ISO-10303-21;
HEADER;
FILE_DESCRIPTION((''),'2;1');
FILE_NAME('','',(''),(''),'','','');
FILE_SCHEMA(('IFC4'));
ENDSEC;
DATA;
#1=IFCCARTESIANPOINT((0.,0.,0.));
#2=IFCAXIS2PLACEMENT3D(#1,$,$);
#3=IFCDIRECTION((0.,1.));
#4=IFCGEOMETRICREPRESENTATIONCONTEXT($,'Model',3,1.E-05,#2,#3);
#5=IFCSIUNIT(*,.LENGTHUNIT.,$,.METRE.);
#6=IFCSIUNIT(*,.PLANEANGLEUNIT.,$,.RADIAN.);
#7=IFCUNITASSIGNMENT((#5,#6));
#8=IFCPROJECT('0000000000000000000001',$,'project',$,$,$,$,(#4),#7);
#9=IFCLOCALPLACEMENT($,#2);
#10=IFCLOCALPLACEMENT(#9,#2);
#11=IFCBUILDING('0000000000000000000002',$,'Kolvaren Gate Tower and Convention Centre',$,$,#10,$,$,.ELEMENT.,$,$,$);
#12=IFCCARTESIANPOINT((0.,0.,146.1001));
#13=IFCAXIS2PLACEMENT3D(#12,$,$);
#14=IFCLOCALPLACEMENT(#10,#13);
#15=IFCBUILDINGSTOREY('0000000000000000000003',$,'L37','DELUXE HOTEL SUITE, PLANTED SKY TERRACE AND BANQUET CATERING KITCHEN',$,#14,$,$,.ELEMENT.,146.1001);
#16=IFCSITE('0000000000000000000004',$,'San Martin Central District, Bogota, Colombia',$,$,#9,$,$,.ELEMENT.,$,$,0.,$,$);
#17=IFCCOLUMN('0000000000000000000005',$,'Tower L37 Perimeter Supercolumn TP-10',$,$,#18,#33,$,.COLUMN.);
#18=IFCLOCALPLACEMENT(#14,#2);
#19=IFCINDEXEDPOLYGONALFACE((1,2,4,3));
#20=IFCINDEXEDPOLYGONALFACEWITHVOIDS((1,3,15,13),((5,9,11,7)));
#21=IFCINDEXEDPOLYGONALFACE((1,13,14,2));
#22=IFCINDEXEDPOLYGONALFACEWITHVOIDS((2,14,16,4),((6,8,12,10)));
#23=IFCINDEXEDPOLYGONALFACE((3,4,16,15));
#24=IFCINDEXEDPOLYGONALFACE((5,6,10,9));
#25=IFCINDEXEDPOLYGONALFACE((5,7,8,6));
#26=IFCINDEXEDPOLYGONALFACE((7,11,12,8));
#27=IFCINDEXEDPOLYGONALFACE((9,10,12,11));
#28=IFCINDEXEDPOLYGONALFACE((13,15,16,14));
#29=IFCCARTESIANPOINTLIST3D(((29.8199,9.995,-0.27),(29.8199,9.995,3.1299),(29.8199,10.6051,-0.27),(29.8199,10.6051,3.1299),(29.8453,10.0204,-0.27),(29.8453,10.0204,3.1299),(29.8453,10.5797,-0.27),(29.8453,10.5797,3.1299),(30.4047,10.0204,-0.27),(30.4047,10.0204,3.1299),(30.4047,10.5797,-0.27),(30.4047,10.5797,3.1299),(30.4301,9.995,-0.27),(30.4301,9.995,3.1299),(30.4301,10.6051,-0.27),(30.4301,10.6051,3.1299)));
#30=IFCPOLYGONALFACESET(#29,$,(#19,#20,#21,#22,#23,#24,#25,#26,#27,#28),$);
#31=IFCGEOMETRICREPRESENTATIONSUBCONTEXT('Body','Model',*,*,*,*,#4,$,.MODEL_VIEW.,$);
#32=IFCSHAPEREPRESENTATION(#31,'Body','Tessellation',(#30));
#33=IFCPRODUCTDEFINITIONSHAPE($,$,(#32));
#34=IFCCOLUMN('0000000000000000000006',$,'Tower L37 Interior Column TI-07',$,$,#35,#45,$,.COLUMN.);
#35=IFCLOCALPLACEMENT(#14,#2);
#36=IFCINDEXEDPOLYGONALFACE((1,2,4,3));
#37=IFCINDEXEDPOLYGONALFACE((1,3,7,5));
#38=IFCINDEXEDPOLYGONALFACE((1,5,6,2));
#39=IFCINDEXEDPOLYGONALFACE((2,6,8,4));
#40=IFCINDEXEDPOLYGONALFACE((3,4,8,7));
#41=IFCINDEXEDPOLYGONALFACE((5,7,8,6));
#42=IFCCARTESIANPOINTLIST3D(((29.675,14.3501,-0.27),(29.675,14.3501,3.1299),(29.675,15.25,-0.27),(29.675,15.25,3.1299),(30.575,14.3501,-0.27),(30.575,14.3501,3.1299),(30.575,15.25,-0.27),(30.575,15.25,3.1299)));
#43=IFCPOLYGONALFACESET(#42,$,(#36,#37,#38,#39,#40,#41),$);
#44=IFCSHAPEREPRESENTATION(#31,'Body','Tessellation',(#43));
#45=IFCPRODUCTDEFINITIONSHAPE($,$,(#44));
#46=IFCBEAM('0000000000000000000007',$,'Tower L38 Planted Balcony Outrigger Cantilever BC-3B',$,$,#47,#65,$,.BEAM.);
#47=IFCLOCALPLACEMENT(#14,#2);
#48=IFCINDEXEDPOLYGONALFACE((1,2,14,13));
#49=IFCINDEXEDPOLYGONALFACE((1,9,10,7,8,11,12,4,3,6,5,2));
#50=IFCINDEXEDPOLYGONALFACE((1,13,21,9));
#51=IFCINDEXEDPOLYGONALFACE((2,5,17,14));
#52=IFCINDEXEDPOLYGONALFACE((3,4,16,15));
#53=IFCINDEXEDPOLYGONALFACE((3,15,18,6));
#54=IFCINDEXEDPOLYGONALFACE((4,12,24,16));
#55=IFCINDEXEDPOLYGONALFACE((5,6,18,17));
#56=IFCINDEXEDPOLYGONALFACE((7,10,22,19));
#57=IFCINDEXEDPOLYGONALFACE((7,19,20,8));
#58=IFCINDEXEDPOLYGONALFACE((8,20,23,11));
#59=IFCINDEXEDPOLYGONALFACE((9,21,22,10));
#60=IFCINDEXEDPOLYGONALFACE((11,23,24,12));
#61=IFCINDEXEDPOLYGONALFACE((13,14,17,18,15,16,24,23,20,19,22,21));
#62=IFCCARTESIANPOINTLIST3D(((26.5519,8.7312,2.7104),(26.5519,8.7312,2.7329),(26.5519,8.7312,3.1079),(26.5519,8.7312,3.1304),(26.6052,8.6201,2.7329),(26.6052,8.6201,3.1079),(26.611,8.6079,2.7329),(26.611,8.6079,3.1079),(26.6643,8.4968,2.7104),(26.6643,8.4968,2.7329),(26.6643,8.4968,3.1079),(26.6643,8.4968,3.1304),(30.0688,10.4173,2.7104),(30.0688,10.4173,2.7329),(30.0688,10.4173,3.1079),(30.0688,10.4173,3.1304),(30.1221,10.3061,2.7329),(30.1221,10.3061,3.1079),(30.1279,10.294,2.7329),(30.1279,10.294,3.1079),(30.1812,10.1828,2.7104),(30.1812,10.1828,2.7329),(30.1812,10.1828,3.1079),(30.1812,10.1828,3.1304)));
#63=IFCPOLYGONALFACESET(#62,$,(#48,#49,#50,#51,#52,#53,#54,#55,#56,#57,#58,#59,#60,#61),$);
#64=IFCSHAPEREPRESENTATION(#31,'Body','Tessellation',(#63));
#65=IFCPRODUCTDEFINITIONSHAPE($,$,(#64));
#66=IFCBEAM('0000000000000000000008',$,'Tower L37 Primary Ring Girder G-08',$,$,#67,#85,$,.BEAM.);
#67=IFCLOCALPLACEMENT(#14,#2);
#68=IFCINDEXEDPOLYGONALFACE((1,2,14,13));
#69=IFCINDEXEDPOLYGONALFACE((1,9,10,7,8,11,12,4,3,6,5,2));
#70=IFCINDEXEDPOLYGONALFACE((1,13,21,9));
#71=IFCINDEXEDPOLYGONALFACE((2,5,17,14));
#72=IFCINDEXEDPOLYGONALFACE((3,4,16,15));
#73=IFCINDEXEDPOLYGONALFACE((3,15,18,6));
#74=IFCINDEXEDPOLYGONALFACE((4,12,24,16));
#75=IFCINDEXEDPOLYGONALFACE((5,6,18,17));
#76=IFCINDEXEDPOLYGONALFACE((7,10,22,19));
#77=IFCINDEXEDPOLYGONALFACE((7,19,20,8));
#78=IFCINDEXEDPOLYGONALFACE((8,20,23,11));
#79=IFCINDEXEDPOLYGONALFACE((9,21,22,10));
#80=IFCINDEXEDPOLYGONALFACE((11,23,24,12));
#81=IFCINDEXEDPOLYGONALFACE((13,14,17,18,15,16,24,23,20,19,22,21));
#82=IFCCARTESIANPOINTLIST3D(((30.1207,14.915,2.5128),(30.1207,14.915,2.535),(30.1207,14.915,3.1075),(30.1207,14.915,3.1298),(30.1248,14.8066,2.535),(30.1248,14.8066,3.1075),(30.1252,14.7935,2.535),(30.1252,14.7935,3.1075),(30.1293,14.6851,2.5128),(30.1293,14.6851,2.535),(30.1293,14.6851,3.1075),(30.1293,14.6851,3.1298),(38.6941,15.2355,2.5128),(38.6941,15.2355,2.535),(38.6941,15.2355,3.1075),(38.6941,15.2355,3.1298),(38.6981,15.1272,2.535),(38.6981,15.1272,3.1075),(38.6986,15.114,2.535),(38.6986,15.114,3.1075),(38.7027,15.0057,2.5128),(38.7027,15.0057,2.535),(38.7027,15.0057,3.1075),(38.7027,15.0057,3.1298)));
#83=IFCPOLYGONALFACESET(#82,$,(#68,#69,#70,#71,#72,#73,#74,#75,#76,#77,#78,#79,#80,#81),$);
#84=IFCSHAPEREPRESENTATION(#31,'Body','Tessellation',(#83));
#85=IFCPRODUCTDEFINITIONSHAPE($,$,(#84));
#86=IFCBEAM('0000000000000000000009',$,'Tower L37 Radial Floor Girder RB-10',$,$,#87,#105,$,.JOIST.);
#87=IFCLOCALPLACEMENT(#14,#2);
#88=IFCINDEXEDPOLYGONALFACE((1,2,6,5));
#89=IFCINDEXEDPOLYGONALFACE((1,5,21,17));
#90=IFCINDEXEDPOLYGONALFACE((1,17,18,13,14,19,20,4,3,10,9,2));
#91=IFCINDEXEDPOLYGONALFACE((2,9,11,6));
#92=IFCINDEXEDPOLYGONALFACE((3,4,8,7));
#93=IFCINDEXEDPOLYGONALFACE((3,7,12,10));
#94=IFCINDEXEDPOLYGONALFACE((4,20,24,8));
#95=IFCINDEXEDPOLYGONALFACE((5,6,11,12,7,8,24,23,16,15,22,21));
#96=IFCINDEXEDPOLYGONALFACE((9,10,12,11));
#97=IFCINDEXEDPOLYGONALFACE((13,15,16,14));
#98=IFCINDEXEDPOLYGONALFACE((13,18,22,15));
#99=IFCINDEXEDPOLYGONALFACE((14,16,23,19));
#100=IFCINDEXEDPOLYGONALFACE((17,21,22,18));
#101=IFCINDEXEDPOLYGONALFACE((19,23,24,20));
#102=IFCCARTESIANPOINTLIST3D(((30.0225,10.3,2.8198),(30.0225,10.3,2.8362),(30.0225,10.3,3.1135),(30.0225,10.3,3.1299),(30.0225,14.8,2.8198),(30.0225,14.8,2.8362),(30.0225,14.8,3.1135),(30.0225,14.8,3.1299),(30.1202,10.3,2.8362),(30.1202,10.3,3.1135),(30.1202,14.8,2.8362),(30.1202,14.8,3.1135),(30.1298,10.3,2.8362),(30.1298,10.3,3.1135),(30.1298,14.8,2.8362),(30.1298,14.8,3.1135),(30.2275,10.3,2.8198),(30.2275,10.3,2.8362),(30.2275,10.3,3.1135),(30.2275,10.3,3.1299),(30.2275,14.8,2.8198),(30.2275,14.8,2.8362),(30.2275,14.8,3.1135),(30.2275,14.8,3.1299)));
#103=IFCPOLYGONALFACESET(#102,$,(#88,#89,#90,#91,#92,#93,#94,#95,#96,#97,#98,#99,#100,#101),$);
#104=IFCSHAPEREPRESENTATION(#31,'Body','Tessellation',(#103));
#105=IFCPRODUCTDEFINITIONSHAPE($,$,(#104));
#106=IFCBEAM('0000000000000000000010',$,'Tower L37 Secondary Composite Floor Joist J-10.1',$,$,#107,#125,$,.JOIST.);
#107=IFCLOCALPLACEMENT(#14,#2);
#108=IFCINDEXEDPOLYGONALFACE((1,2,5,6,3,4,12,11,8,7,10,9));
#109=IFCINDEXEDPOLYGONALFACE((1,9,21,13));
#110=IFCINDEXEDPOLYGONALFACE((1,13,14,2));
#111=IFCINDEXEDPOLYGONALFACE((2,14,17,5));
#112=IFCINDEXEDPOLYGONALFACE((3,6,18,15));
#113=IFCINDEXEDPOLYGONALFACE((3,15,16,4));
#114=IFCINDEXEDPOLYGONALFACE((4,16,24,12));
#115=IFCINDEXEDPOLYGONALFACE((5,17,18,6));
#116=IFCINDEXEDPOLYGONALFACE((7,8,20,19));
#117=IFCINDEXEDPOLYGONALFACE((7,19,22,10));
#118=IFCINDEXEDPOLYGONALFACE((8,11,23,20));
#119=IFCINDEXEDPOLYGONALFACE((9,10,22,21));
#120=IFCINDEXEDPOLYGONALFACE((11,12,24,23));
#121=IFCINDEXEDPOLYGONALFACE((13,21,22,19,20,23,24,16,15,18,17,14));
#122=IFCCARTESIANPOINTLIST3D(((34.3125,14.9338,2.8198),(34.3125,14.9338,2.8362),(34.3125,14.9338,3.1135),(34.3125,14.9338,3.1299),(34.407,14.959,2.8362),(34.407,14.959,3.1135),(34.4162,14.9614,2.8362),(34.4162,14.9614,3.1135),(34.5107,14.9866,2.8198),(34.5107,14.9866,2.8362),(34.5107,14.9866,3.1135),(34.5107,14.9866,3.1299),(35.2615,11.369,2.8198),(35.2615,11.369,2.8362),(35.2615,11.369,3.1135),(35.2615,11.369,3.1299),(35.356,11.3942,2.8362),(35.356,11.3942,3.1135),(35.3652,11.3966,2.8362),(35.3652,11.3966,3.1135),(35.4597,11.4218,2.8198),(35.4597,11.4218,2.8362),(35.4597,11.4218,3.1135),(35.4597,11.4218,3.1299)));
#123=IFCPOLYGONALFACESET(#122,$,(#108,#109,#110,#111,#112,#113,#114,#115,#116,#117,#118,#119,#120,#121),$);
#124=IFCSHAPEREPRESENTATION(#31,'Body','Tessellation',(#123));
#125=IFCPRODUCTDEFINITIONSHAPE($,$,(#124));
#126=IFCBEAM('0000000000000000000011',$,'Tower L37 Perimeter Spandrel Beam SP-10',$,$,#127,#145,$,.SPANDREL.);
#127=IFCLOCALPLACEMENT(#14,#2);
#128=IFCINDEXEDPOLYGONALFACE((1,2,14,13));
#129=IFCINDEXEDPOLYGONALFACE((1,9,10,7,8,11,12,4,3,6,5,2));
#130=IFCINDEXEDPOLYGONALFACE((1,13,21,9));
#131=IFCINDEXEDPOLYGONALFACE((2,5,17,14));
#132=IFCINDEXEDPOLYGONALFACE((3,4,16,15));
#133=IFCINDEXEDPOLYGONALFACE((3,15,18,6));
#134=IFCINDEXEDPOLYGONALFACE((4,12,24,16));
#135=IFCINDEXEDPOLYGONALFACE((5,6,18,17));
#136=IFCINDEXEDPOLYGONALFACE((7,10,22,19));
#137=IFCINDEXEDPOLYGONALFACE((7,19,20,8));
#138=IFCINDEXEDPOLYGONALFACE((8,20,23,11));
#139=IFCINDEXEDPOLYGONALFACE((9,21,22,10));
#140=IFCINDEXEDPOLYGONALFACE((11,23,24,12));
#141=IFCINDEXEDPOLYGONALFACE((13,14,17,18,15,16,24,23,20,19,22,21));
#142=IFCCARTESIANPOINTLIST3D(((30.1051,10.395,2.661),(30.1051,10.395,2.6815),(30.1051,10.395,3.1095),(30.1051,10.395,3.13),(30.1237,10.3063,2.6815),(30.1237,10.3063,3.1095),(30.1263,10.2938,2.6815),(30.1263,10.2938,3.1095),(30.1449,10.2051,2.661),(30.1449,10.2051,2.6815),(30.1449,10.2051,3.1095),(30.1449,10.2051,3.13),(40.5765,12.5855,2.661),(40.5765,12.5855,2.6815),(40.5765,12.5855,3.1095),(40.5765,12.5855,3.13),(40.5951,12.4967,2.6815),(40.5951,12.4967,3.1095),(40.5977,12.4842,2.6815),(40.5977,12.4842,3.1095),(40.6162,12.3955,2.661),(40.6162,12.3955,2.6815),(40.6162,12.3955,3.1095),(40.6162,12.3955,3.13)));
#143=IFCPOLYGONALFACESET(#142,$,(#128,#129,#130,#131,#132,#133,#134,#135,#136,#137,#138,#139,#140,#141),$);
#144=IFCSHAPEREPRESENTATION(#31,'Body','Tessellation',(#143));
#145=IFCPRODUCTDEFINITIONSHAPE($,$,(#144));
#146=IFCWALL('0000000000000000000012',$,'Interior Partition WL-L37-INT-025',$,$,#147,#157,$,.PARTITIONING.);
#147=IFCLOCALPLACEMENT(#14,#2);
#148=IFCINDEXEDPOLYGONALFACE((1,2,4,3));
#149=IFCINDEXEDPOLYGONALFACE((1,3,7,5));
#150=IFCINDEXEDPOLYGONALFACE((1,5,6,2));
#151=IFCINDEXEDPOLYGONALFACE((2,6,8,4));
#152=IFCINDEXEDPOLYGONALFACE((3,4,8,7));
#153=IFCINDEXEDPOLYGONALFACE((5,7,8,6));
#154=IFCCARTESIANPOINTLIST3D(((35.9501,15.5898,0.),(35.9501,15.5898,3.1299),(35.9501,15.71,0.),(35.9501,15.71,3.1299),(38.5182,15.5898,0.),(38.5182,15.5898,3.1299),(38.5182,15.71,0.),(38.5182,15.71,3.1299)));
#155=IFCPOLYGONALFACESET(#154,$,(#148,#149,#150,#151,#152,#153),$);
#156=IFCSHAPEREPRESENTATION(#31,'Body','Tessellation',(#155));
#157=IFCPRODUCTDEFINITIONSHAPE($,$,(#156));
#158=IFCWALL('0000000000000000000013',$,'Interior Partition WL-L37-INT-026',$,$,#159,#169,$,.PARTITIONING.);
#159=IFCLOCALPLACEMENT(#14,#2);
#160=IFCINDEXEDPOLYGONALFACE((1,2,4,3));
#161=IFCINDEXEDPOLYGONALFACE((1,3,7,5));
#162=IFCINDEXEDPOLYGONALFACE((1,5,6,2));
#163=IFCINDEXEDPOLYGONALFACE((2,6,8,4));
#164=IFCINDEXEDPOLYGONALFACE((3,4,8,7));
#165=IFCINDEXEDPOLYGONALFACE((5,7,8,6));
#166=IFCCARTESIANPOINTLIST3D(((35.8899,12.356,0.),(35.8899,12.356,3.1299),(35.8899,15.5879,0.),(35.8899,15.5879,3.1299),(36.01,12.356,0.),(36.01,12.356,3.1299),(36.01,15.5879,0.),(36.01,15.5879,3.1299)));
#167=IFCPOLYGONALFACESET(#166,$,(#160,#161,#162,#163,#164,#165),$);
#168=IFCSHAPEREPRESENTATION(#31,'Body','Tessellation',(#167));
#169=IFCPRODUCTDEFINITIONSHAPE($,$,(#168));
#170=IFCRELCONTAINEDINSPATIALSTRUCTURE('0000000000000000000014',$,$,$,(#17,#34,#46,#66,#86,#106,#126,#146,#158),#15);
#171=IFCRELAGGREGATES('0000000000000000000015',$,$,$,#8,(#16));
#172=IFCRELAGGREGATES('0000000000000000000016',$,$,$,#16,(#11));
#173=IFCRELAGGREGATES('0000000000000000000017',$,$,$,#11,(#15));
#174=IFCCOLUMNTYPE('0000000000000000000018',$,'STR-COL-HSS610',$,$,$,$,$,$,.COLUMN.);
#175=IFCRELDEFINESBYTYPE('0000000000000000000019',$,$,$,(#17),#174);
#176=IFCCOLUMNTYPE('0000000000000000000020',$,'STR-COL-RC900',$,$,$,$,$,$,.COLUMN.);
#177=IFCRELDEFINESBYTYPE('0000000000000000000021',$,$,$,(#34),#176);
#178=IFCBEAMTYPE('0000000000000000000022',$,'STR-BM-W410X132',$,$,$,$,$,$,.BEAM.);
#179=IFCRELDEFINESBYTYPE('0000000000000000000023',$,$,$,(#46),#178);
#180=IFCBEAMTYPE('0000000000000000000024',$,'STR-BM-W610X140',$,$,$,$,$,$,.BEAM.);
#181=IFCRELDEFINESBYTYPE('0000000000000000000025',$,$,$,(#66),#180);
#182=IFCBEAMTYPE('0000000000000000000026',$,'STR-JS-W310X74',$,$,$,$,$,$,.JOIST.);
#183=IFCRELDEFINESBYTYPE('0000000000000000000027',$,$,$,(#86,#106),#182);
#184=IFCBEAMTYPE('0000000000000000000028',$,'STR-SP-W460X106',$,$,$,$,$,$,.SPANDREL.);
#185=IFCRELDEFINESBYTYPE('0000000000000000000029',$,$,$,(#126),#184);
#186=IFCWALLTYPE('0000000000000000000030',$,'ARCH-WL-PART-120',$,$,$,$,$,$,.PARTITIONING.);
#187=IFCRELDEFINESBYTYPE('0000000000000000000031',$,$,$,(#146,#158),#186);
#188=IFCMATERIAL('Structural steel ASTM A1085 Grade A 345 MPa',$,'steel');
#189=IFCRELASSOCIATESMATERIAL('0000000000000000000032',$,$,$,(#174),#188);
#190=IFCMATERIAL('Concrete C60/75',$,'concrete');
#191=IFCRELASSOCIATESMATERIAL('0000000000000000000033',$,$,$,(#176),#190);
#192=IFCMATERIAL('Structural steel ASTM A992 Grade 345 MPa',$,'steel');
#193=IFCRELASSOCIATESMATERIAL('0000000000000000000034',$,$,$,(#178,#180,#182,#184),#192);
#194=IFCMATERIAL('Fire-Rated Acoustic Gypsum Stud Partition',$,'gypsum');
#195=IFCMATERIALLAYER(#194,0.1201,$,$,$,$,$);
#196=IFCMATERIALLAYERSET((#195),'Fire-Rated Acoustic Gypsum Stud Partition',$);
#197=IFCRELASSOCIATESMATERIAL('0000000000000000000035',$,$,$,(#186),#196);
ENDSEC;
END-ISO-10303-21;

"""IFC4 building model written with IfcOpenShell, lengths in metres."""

from ifc_helpers import new_model, si_unit, direction, frame, frame_2d, origin, origin_2d, place, context, subcontext, project, spatial, rectangle, hollow_rectangle, i_section, extrude, material, layer, layer_set, material_profile, profile_set, type_object, element, save


model = new_model("IFC4")

# Units and contexts
model_context = context("Model", 3, precision=1e-05, world=origin(), true_north=direction((0.0, 1.0)))
body_context = subcontext(model_context, "Body", "Model", "MODEL_VIEW")
ifc_project = project(units=[si_unit("LENGTHUNIT", "METRE"), si_unit("PLANEANGLEUNIT", "RADIAN")], contexts=[model_context])

# Site, building, storey
site_placement = place(None, origin())
site = spatial("IfcSite", under=ifc_project, at=site_placement, Name="San Martin Central District, Bogota, Colombia", CompositionType="ELEMENT", RefElevation=0.0)
building_placement = place(site_placement, origin())
building = spatial("IfcBuilding", under=site, at=building_placement, Name="Kolvaren Gate Tower and Convention Centre", CompositionType="ELEMENT")
storey_placement = place(building_placement, frame((0.0, 0.0, 146.1001)))
storey = spatial("IfcBuildingStorey", under=building, at=storey_placement, Name="L37", Description="DELUXE HOTEL SUITE, PLANTED SKY TERRACE AND BANQUET CATERING KITCHEN", CompositionType="ELEMENT", Elevation=146.1001)

# Columns
ifc_material_1 = material(Name="Structural steel ASTM A1085 Grade A 345 MPa", Category="steel")
ifc_material_profile_1 = material_profile(ifc_material_1, hollow_rectangle(XDim=0.6101, YDim=0.6101, WallThickness=0.0254, at=origin_2d()), Name="HSS610X610X25.4")
ifc_profile_set_1 = profile_set([ifc_material_profile_1], Name="Structural steel ASTM A1085 Grade A 345 MPa")
column_type_1 = type_object("IfcColumnType", Name="STR-COL-HSS610", PredefinedType="COLUMN", material=ifc_profile_set_1)
column_1_placement = place(storey_placement, frame((30.125, 10.3, -0.27), z_axis=(0.0, 0.0, 1.0), x_axis=(1.0, 0.0, 0.0)))
element("IfcColumn", 1, at=column_1_placement, inside=storey, type_object=column_type_1, Name="Tower L37 Perimeter Supercolumn TP-10", PredefinedType="COLUMN", context=body_context, shape_type="SweptSolid", body=[
    extrude(hollow_rectangle(XDim=0.6101, YDim=0.6101, WallThickness=0.0254, at=origin_2d()), origin(), (0.0, 0.0, 1.0), 3.3999),
])
ifc_material_2 = material(Name="Concrete C60/75", Category="concrete")
ifc_material_profile_2 = material_profile(ifc_material_2, rectangle(XDim=0.8999, YDim=0.8999, at=origin_2d()), Name="RC-COL-900X900")
ifc_profile_set_2 = profile_set([ifc_material_profile_2], Name="Concrete C60/75")
column_type_2 = type_object("IfcColumnType", Name="STR-COL-RC900", PredefinedType="COLUMN", material=ifc_profile_set_2)
column_2_placement = place(storey_placement, frame((30.125, 14.8, -0.27), z_axis=(0.0, 0.0, 1.0), x_axis=(1.0, 0.0, 0.0)))
element("IfcColumn", 2, at=column_2_placement, inside=storey, type_object=column_type_2, Name="Tower L37 Interior Column TI-07", PredefinedType="COLUMN", context=body_context, shape_type="SweptSolid", body=[
    extrude(rectangle(XDim=0.8999, YDim=0.8999, at=origin_2d()), origin(), (0.0, 0.0, 1.0), 3.3999),
])

# Beams
ifc_material_3 = material(Name="Structural steel ASTM A992 Grade 345 MPa", Category="steel")
ifc_material_profile_3 = material_profile(ifc_material_3, i_section(OverallWidth=0.26, OverallDepth=0.4199, WebThickness=0.0134, FlangeThickness=0.0225, at=origin_2d()), Name="W410X132")
ifc_profile_set_3 = profile_set([ifc_material_profile_3], Name="Structural steel ASTM A992 Grade 345 MPa")
beam_type_1 = type_object("IfcBeamType", Name="STR-BM-W410X132", PredefinedType="BEAM", material=ifc_profile_set_3)
beam_1_placement = place(storey_placement, frame((30.125, 10.3, 2.9204), z_axis=(-0.901728, -0.432304, 0.0), x_axis=(0.432304, -0.901728, 0.0)))
element("IfcBeam", 3, at=beam_1_placement, inside=storey, type_object=beam_type_1, Name="Tower L38 Planted Balcony Outrigger Cantilever BC-3B", PredefinedType="BEAM", context=body_context, shape_type="SweptSolid", body=[
    extrude(i_section(OverallWidth=0.26, OverallDepth=0.4199, WebThickness=0.0134, FlangeThickness=0.0225, at=origin_2d()), origin(), (0.0, 0.0, 1.0), 3.9001),
])
ifc_material_profile_4 = material_profile(ifc_material_3, i_section(OverallWidth=0.23, OverallDepth=0.6169, WebThickness=0.0132, FlangeThickness=0.0222, at=origin_2d()), Name="W610X140")
ifc_profile_set_4 = profile_set([ifc_material_profile_4], Name="Structural steel ASTM A992 Grade 345 MPa")
beam_type_2 = type_object("IfcBeamType", Name="STR-BM-W610X140", PredefinedType="BEAM", material=ifc_profile_set_4)
beam_2_placement = place(storey_placement, frame((30.125, 14.8, 2.8213), z_axis=(0.999302, 0.037364, 0.0), x_axis=(-0.037364, 0.999302, 0.0)))
element("IfcBeam", 4, at=beam_2_placement, inside=storey, type_object=beam_type_2, Name="Tower L37 Primary Ring Girder G-08", PredefinedType="BEAM", context=body_context, shape_type="SweptSolid", body=[
    extrude(i_section(OverallWidth=0.23, OverallDepth=0.6169, WebThickness=0.0132, FlangeThickness=0.0222, at=origin_2d()), origin(), (0.0, 0.0, 1.0), 8.5793),
])
ifc_material_profile_5 = material_profile(ifc_material_3, i_section(OverallWidth=0.2051, OverallDepth=0.3101, WebThickness=0.0095, FlangeThickness=0.0164, at=origin_2d()), Name="W310X74")
ifc_profile_set_5 = profile_set([ifc_material_profile_5], Name="Structural steel ASTM A992 Grade 345 MPa")
beam_type_3 = type_object("IfcBeamType", Name="STR-JS-W310X74", PredefinedType="JOIST", material=ifc_profile_set_5)
beam_3_placement = place(storey_placement, frame((30.125, 14.8, 2.9749), z_axis=(0.0, -1.0, 0.0), x_axis=(1.0, 0.0, 0.0)))
element("IfcBeam", 5, at=beam_3_placement, inside=storey, type_object=beam_type_3, Name="Tower L37 Radial Floor Girder RB-10", PredefinedType="JOIST", context=body_context, shape_type="SweptSolid", body=[
    extrude(i_section(OverallWidth=0.2051, OverallDepth=0.3101, WebThickness=0.0095, FlangeThickness=0.0164, at=origin_2d()), origin(), (0.0, 0.0, 1.0), 4.5),
])
beam_4_placement = place(storey_placement, frame((34.4116, 14.9602, 2.9749), z_axis=(0.257238, -0.966348, 0.0), x_axis=(0.966348, 0.257238, 0.0)))
element("IfcBeam", 6, at=beam_4_placement, inside=storey, type_object=beam_type_3, Name="Tower L37 Secondary Composite Floor Joist J-10.1", PredefinedType="JOIST", context=body_context, shape_type="SweptSolid", body=[
    extrude(i_section(OverallWidth=0.2051, OverallDepth=0.3101, WebThickness=0.0095, FlangeThickness=0.0164, at=origin_2d()), origin(), (0.0, 0.0, 1.0), 3.689),
])
ifc_material_profile_6 = material_profile(ifc_material_3, i_section(OverallWidth=0.1941, OverallDepth=0.469, WebThickness=0.0127, FlangeThickness=0.0205, at=origin_2d()), Name="W460X106")
ifc_profile_set_6 = profile_set([ifc_material_profile_6], Name="Structural steel ASTM A992 Grade 345 MPa")
beam_type_4 = type_object("IfcBeamType", Name="STR-SP-W460X106", PredefinedType="SPANDREL", material=ifc_profile_set_6)
beam_5_placement = place(storey_placement, frame((30.125, 10.3, 2.8955), z_axis=(0.978814, 0.20475, 0.0), x_axis=(-0.20475, 0.978814, 0.0)))
element("IfcBeam", 7, at=beam_5_placement, inside=storey, type_object=beam_type_4, Name="Tower L37 Perimeter Spandrel Beam SP-10", PredefinedType="SPANDREL", context=body_context, shape_type="SweptSolid", body=[
    extrude(i_section(OverallWidth=0.1941, OverallDepth=0.469, WebThickness=0.0127, FlangeThickness=0.0205, at=origin_2d()), origin(), (0.0, 0.0, 1.0), 10.698),
])

# Walls
ifc_material_4 = material(Name="Fire-Rated Acoustic Gypsum Stud Partition", Category="gypsum")
ifc_layer_1 = layer(ifc_material_4, 0.1201)
ifc_layer_set_1 = layer_set([ifc_layer_1], Name="Fire-Rated Acoustic Gypsum Stud Partition")
wall_type_1 = type_object("IfcWallType", Name="ARCH-WL-PART-120", PredefinedType="PARTITIONING", material=ifc_layer_set_1)
wall_1_placement = place(storey_placement, frame((35.95, 15.6499, 0.0), z_axis=(0.0, 0.0, 1.0), x_axis=(1.0, 0.0, 0.0)))
element("IfcWall", 8, at=wall_1_placement, inside=storey, type_object=wall_type_1, Name="Interior Partition WL-L37-INT-025", PredefinedType="PARTITIONING", context=body_context, shape_type="SweptSolid", body=[
    extrude(rectangle(XDim=2.5681, YDim=0.1201, at=frame_2d((1.2842, 0.0))), origin(), (0.0, 0.0, 1.0), 3.1299),
])
wall_2_placement = place(storey_placement, frame((35.95, 12.356, 0.0), z_axis=(0.0, 0.0, 1.0), x_axis=(0.0, 1.0, 0.0)))
element("IfcWall", 9, at=wall_2_placement, inside=storey, type_object=wall_type_1, Name="Interior Partition WL-L37-INT-026", PredefinedType="PARTITIONING", context=body_context, shape_type="SweptSolid", body=[
    extrude(rectangle(XDim=3.2319, YDim=0.1201, at=frame_2d((1.616, 0.0))), origin(), (0.0, 0.0, 1.0), 3.1299),
])

save(model, "model.ifc")
